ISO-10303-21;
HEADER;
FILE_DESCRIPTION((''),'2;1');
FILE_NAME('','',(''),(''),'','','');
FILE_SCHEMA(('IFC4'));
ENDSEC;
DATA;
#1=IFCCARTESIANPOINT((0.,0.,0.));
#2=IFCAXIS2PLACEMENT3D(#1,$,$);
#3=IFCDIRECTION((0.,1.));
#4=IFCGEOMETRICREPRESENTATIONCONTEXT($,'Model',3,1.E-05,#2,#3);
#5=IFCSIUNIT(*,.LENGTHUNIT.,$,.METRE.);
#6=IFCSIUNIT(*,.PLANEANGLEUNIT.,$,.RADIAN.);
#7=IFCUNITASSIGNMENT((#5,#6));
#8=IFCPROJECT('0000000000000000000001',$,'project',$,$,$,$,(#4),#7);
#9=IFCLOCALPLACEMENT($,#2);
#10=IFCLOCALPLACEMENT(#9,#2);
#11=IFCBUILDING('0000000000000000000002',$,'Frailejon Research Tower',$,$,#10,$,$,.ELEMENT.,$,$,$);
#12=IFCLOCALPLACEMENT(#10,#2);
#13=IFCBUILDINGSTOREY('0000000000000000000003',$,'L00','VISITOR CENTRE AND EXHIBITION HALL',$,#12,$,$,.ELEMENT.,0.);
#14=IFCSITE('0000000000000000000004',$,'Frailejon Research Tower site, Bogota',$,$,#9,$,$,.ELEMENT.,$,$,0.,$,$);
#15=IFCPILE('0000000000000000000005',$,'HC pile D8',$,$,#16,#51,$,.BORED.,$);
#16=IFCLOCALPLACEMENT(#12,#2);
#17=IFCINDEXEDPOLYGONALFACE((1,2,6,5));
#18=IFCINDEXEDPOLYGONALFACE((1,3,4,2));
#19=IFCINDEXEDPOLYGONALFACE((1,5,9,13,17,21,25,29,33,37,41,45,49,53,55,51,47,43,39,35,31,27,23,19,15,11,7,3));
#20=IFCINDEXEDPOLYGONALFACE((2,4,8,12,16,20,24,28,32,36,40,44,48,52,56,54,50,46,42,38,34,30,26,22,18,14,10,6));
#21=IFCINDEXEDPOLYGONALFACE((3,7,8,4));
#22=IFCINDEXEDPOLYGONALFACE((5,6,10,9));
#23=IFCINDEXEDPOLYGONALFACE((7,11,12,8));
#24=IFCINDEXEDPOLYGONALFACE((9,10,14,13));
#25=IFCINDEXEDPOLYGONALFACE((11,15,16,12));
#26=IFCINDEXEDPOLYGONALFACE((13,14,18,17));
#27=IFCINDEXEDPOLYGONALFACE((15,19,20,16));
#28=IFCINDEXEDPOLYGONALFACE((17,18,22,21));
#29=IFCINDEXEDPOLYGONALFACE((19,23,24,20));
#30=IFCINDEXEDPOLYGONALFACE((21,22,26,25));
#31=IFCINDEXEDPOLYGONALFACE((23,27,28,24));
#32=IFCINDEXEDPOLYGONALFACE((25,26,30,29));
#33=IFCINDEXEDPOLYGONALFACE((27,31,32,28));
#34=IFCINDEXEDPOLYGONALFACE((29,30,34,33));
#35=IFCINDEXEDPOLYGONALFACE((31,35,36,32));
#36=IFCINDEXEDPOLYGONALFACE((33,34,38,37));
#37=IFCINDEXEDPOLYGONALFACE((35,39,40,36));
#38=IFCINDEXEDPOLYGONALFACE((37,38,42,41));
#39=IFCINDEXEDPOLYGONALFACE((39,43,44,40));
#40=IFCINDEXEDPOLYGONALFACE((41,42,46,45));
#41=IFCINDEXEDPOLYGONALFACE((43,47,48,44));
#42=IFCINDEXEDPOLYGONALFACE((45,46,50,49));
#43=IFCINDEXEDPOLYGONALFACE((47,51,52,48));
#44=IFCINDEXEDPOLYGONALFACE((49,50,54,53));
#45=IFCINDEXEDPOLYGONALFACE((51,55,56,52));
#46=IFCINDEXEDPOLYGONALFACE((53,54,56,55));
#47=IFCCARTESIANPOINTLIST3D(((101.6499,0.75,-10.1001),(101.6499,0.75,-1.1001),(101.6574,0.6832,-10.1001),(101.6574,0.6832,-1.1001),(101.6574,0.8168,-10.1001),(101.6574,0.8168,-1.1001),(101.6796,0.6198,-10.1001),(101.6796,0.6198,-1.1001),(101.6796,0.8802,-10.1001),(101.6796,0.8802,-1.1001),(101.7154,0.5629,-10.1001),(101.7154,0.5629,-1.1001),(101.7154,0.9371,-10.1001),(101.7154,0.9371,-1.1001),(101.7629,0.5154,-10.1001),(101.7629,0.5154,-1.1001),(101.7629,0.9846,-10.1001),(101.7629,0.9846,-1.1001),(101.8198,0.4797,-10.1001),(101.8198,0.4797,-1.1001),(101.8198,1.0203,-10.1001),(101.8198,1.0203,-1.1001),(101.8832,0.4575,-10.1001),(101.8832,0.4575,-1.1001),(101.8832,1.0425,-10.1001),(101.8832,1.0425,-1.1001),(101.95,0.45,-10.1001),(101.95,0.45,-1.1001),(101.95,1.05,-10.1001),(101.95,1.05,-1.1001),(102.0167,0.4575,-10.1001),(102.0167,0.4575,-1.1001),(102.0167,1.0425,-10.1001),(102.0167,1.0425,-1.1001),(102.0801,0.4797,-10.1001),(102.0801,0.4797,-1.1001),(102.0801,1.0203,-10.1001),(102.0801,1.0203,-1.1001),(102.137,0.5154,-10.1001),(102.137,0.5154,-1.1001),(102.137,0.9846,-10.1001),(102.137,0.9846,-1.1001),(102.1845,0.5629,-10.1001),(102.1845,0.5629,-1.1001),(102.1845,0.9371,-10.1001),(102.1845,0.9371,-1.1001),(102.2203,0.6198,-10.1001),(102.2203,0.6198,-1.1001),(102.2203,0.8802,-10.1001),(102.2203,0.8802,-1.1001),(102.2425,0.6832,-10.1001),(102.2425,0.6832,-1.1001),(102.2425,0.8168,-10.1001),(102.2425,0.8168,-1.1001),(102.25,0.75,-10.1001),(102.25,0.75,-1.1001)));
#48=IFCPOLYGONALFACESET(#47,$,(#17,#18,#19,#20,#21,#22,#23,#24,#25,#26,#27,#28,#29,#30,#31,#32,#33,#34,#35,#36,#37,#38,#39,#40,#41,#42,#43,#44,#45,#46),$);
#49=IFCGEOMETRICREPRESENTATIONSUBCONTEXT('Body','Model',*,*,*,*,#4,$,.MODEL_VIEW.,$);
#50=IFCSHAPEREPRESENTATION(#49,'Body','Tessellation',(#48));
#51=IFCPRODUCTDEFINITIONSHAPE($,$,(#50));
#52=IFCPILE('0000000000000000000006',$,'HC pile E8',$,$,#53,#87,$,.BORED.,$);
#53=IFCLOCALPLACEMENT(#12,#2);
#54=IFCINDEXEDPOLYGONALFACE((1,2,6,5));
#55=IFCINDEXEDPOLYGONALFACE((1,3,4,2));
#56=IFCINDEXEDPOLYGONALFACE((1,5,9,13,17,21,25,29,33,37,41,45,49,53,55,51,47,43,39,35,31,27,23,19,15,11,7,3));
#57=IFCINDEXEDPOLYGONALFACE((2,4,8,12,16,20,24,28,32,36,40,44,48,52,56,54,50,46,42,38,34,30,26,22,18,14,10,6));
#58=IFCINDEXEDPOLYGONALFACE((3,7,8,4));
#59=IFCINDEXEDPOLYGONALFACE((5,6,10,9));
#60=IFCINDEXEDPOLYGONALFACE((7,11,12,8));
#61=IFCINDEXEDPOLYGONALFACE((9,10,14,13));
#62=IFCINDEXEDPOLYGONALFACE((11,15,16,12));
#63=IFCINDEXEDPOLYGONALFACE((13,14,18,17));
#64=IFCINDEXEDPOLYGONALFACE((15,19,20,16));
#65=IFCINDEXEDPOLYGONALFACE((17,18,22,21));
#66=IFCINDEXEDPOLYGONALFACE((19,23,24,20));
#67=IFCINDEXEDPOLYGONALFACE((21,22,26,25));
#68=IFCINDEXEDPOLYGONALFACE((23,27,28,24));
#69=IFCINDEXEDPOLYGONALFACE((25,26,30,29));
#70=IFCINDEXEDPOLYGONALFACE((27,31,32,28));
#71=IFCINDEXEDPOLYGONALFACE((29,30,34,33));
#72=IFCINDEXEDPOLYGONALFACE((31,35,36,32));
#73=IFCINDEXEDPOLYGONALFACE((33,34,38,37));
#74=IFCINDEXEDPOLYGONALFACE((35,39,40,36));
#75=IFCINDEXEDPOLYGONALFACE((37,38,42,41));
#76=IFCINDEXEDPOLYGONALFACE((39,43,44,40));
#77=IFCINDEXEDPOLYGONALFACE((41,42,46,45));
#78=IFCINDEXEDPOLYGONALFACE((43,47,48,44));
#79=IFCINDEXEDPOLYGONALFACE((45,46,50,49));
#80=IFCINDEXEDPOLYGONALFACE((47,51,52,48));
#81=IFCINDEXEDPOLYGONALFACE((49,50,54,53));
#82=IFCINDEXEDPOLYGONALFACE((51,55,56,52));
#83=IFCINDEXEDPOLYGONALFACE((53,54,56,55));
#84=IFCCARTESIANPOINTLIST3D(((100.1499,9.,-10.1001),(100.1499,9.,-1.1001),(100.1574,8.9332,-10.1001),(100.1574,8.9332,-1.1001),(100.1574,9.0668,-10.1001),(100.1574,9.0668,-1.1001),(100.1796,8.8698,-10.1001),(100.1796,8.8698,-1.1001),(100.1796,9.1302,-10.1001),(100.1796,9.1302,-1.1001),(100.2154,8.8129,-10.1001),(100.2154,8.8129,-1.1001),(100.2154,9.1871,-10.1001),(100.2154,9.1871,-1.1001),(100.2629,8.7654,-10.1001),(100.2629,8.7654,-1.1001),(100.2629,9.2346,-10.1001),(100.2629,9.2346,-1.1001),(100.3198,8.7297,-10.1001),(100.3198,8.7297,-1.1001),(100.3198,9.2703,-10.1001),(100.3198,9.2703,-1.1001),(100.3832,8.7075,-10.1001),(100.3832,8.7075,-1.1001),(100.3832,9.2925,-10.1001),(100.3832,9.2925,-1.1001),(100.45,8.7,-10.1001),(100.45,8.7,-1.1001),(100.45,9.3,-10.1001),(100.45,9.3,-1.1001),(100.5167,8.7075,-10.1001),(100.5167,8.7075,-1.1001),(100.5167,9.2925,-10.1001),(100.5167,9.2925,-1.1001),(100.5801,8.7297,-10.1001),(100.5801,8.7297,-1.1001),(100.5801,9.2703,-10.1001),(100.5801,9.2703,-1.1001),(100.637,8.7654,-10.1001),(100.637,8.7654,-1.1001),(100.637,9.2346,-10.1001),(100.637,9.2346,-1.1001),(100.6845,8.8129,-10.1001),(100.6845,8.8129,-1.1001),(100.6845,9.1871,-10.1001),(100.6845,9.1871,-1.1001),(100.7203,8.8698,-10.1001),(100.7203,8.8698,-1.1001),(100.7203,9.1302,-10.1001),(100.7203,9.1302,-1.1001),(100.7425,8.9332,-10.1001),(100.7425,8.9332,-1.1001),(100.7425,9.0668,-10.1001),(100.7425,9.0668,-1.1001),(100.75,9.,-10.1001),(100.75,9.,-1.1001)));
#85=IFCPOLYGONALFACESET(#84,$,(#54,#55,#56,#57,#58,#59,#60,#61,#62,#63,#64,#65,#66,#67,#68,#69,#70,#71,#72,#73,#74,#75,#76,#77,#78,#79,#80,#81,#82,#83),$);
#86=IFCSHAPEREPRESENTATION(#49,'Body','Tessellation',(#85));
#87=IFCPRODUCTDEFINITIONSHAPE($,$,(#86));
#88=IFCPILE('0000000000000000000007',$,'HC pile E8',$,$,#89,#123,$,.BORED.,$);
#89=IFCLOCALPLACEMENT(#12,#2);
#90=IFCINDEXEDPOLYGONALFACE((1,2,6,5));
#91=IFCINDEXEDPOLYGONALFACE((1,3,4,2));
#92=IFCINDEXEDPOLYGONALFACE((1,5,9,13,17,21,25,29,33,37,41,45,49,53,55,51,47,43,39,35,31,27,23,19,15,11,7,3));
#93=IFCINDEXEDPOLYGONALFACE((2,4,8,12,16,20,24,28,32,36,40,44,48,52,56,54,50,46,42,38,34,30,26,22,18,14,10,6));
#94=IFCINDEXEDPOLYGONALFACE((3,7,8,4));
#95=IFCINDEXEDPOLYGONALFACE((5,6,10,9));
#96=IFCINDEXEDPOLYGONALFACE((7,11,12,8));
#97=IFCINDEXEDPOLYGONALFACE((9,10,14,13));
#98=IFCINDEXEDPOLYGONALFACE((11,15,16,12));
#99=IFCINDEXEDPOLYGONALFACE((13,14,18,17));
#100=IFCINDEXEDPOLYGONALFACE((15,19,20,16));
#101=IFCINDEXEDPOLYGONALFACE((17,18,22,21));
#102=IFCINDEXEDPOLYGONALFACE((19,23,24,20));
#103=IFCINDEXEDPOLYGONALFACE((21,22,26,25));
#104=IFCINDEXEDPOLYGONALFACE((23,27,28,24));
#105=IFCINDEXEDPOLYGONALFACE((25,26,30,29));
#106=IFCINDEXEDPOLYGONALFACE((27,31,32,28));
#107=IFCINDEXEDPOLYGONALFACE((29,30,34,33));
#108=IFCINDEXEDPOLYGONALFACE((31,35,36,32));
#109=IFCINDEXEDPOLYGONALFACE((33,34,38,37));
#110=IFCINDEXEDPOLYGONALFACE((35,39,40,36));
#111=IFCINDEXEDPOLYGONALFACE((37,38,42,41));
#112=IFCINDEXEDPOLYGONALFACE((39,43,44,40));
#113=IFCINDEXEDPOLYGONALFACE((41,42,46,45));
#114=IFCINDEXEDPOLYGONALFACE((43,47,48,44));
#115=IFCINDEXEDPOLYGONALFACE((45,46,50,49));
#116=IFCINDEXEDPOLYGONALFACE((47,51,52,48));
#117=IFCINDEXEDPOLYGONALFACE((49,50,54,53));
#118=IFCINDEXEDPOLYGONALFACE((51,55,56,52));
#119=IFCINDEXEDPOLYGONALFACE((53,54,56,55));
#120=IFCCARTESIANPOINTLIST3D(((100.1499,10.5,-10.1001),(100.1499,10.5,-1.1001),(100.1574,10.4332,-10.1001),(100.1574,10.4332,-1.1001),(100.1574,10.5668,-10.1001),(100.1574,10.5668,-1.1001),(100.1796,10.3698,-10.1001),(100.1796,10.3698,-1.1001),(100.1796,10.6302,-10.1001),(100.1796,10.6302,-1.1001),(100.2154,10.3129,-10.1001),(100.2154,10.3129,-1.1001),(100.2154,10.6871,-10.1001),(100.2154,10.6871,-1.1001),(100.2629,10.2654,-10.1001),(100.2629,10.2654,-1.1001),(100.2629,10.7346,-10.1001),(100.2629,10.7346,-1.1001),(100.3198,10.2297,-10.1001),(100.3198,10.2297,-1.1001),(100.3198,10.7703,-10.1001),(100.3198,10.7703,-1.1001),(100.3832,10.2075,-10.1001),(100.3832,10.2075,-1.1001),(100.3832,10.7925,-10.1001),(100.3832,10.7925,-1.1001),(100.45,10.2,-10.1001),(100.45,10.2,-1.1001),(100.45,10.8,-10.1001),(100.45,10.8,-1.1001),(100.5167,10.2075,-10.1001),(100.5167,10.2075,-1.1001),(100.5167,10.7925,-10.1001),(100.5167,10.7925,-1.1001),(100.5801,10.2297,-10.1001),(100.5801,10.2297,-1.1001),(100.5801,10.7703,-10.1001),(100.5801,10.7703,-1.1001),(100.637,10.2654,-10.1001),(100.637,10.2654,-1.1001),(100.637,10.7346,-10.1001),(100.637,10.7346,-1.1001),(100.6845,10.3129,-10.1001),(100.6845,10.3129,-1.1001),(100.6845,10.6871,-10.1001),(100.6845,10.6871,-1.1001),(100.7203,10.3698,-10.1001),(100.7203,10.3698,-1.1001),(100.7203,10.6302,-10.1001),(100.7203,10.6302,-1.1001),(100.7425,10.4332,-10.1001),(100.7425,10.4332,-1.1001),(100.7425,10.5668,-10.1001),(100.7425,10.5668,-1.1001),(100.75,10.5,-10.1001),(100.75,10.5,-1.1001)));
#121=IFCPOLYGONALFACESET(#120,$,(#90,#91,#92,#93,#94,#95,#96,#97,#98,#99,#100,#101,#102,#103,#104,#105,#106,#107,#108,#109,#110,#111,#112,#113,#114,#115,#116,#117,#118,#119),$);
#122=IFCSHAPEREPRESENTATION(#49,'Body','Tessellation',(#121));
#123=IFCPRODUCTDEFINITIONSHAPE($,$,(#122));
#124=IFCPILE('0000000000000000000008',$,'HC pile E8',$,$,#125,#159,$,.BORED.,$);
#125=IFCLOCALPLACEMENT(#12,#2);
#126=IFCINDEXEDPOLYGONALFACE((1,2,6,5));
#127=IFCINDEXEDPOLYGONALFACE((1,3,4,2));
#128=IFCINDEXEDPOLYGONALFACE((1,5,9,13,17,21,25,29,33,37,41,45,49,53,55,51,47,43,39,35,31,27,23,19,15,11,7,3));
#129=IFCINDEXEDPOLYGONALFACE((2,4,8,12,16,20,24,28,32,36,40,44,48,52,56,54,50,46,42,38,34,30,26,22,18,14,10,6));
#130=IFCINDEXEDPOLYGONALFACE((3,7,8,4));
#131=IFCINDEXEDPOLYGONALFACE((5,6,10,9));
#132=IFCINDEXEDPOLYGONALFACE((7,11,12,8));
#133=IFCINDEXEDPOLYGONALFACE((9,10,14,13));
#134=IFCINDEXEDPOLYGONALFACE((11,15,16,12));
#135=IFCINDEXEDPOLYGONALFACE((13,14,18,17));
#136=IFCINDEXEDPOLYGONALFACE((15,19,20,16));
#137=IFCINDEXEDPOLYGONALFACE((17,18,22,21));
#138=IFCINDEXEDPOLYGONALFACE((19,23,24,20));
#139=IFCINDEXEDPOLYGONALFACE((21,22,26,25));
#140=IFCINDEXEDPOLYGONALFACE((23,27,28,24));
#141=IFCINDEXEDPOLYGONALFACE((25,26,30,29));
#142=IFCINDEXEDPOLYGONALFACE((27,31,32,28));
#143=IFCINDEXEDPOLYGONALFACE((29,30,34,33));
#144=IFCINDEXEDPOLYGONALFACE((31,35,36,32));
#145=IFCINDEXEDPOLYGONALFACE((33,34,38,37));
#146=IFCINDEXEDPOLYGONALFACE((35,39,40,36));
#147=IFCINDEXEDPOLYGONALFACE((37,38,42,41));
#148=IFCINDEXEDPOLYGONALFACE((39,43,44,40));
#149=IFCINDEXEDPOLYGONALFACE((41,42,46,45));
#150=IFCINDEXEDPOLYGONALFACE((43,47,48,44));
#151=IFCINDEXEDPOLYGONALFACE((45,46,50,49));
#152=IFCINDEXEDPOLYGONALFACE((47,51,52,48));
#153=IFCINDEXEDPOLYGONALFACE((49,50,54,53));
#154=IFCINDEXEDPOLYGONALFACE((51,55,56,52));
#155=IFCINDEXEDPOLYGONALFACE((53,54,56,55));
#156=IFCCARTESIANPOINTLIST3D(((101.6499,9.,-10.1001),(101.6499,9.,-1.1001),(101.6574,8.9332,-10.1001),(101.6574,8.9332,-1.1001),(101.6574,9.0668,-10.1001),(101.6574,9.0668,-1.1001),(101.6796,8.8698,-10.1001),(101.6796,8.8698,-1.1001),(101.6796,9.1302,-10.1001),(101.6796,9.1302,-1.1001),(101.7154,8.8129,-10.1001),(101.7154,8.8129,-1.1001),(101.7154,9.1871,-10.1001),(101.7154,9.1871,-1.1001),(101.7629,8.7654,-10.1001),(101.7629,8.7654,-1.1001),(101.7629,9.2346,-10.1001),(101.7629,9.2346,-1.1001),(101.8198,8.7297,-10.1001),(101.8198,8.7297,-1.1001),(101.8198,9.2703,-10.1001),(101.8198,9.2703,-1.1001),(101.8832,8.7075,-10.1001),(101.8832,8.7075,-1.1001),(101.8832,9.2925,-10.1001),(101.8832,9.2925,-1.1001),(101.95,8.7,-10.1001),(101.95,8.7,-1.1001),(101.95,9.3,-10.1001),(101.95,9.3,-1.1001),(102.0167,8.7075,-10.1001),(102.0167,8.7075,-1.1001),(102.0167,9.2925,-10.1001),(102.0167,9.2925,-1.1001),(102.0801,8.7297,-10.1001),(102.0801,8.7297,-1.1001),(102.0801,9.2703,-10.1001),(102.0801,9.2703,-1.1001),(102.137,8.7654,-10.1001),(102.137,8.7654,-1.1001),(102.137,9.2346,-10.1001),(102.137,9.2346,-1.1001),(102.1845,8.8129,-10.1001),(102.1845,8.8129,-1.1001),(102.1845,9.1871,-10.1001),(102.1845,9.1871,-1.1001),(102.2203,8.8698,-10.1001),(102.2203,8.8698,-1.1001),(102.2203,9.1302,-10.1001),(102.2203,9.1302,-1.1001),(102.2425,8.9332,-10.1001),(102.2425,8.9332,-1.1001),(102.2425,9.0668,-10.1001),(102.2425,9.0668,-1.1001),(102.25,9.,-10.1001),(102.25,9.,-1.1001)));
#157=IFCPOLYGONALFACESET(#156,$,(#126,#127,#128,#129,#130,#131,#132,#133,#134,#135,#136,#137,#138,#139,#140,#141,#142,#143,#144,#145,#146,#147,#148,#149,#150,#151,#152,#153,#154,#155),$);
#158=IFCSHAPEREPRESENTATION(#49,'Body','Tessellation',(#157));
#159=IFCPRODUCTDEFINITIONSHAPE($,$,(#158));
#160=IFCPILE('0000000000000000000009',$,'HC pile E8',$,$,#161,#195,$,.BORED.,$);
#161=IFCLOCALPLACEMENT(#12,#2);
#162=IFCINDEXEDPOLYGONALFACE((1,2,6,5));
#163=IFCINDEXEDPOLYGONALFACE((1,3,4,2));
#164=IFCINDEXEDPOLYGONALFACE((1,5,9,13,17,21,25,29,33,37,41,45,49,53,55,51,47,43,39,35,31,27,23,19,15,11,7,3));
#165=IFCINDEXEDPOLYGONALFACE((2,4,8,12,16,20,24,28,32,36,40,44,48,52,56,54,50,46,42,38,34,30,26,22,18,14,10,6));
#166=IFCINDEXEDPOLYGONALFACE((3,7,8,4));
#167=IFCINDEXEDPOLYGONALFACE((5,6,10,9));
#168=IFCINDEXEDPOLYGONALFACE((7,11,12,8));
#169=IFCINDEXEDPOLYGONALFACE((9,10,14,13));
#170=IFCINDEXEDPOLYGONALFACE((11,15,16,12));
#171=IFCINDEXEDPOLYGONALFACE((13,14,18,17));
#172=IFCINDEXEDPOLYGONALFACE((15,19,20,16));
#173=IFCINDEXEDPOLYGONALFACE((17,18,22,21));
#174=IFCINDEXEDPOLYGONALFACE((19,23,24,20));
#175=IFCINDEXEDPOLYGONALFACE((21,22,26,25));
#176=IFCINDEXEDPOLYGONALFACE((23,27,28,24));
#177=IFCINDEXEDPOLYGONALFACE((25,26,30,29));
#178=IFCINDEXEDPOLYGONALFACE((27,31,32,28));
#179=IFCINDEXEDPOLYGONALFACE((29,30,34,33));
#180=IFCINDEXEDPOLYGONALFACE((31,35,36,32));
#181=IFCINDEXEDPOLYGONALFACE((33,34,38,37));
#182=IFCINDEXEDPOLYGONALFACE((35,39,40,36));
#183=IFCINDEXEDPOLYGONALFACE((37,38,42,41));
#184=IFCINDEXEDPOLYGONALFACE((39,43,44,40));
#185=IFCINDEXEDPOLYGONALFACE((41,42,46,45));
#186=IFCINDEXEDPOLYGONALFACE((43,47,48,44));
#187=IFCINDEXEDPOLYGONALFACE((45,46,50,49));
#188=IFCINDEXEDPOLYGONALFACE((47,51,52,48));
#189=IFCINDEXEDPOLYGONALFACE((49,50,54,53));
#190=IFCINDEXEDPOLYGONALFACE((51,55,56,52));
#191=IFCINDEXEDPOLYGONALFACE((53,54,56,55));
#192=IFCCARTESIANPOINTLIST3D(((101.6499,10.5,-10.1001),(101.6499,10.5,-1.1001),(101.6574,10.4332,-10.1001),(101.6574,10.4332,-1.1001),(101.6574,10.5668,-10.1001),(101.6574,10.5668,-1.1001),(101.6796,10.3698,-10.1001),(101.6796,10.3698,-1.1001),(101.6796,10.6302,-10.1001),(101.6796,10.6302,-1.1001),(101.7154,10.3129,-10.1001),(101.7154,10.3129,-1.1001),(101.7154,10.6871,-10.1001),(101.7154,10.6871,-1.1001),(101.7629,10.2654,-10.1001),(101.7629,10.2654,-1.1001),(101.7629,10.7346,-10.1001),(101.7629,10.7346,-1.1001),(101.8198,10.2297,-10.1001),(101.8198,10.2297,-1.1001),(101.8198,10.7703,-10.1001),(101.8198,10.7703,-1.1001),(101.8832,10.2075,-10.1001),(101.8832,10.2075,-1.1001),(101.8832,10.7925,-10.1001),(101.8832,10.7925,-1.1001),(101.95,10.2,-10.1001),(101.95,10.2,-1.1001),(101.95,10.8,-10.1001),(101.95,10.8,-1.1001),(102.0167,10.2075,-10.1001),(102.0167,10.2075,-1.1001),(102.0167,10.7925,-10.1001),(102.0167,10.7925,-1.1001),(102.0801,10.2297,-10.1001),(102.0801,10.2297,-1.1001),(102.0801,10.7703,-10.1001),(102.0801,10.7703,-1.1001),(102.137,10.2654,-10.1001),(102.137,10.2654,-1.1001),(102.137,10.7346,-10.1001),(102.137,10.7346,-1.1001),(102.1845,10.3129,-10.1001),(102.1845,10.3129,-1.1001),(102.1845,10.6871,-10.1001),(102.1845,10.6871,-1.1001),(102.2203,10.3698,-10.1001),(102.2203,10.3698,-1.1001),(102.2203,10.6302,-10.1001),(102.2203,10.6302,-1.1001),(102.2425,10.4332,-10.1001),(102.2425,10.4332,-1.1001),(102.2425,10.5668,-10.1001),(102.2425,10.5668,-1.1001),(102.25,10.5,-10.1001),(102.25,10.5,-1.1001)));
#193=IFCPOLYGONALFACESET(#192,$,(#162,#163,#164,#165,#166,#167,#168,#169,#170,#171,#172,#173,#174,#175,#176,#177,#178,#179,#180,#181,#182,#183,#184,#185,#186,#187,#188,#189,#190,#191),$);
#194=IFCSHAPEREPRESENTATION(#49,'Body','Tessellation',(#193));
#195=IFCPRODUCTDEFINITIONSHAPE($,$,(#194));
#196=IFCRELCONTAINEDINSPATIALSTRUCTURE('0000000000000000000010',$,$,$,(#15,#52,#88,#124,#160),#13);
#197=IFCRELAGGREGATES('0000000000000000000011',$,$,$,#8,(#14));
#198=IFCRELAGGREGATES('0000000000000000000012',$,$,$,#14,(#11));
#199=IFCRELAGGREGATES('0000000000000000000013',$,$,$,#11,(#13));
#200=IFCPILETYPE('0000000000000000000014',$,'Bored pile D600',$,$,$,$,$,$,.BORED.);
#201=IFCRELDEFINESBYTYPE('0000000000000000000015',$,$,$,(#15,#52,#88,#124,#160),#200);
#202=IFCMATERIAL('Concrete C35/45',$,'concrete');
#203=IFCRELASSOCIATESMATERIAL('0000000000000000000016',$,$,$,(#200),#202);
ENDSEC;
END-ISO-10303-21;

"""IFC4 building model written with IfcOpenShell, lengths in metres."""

from ifc_helpers import new_model, si_unit, direction, frame, origin, origin_2d, place, context, subcontext, project, spatial, circle, extrude, material, material_profile, profile_set, type_object, element, save


model = new_model("IFC4")

# Units and contexts
model_context = context("Model", 3, precision=1e-05, world=origin(), true_north=direction((0.0, 1.0)))
body_context = subcontext(model_context, "Body", "Model", "MODEL_VIEW")
ifc_project = project(units=[si_unit("LENGTHUNIT", "METRE"), si_unit("PLANEANGLEUNIT", "RADIAN")], contexts=[model_context])

# Site, building, storey
site_placement = place(None, origin())
site = spatial("IfcSite", under=ifc_project, at=site_placement, Name="Frailejon Research Tower site, Bogota", CompositionType="ELEMENT", RefElevation=0.0)
building_placement = place(site_placement, origin())
building = spatial("IfcBuilding", under=site, at=building_placement, Name="Frailejon Research Tower", CompositionType="ELEMENT")
storey_placement = place(building_placement, origin())
storey = spatial("IfcBuildingStorey", under=building, at=storey_placement, Name="L00", Description="VISITOR CENTRE AND EXHIBITION HALL", CompositionType="ELEMENT", Elevation=0.0)

# Piles
ifc_material_1 = material(Name="Concrete C35/45", Category="concrete")
ifc_material_profile_1 = material_profile(ifc_material_1, circle(Radius=0.3, at=origin_2d()), Name="Bored pile D600")
ifc_profile_set_1 = profile_set([ifc_material_profile_1], Name="Concrete C35/45")
pile_type = type_object("IfcPileType", Name="Bored pile D600", PredefinedType="BORED", material=ifc_profile_set_1)
for number, where, z_axis, x_axis, name in (
    (1, (101.95, 0.75, -1.1001), (0.0, 0.0, -1.0), (1.0, 0.0, 0.0), "HC pile D8"),
    (2, (100.45, 9.0, -1.1001), (0.0, 0.0, -1.0), (1.0, 0.0, 0.0), "HC pile E8"),
    (3, (100.45, 10.5, -1.1001), (0.0, 0.0, -1.0), (1.0, 0.0, 0.0), "HC pile E8"),
    (4, (101.95, 9.0, -1.1001), (0.0, 0.0, -1.0), (1.0, 0.0, 0.0), "HC pile E8"),
    (5, (101.95, 10.5, -1.1001), (0.0, 0.0, -1.0), (1.0, 0.0, 0.0), "HC pile E8"),
):
    element("IfcPile", number, at=place(storey_placement, frame(where, z_axis=z_axis, x_axis=x_axis)), inside=storey, type_object=pile_type, Name=name, PredefinedType="BORED", context=body_context, shape_type="SweptSolid", body=[
        extrude(circle(Radius=0.3, at=origin_2d()), origin(), (0.0, 0.0, 1.0), 9.0),
    ])

save(model, "model.ifc")
